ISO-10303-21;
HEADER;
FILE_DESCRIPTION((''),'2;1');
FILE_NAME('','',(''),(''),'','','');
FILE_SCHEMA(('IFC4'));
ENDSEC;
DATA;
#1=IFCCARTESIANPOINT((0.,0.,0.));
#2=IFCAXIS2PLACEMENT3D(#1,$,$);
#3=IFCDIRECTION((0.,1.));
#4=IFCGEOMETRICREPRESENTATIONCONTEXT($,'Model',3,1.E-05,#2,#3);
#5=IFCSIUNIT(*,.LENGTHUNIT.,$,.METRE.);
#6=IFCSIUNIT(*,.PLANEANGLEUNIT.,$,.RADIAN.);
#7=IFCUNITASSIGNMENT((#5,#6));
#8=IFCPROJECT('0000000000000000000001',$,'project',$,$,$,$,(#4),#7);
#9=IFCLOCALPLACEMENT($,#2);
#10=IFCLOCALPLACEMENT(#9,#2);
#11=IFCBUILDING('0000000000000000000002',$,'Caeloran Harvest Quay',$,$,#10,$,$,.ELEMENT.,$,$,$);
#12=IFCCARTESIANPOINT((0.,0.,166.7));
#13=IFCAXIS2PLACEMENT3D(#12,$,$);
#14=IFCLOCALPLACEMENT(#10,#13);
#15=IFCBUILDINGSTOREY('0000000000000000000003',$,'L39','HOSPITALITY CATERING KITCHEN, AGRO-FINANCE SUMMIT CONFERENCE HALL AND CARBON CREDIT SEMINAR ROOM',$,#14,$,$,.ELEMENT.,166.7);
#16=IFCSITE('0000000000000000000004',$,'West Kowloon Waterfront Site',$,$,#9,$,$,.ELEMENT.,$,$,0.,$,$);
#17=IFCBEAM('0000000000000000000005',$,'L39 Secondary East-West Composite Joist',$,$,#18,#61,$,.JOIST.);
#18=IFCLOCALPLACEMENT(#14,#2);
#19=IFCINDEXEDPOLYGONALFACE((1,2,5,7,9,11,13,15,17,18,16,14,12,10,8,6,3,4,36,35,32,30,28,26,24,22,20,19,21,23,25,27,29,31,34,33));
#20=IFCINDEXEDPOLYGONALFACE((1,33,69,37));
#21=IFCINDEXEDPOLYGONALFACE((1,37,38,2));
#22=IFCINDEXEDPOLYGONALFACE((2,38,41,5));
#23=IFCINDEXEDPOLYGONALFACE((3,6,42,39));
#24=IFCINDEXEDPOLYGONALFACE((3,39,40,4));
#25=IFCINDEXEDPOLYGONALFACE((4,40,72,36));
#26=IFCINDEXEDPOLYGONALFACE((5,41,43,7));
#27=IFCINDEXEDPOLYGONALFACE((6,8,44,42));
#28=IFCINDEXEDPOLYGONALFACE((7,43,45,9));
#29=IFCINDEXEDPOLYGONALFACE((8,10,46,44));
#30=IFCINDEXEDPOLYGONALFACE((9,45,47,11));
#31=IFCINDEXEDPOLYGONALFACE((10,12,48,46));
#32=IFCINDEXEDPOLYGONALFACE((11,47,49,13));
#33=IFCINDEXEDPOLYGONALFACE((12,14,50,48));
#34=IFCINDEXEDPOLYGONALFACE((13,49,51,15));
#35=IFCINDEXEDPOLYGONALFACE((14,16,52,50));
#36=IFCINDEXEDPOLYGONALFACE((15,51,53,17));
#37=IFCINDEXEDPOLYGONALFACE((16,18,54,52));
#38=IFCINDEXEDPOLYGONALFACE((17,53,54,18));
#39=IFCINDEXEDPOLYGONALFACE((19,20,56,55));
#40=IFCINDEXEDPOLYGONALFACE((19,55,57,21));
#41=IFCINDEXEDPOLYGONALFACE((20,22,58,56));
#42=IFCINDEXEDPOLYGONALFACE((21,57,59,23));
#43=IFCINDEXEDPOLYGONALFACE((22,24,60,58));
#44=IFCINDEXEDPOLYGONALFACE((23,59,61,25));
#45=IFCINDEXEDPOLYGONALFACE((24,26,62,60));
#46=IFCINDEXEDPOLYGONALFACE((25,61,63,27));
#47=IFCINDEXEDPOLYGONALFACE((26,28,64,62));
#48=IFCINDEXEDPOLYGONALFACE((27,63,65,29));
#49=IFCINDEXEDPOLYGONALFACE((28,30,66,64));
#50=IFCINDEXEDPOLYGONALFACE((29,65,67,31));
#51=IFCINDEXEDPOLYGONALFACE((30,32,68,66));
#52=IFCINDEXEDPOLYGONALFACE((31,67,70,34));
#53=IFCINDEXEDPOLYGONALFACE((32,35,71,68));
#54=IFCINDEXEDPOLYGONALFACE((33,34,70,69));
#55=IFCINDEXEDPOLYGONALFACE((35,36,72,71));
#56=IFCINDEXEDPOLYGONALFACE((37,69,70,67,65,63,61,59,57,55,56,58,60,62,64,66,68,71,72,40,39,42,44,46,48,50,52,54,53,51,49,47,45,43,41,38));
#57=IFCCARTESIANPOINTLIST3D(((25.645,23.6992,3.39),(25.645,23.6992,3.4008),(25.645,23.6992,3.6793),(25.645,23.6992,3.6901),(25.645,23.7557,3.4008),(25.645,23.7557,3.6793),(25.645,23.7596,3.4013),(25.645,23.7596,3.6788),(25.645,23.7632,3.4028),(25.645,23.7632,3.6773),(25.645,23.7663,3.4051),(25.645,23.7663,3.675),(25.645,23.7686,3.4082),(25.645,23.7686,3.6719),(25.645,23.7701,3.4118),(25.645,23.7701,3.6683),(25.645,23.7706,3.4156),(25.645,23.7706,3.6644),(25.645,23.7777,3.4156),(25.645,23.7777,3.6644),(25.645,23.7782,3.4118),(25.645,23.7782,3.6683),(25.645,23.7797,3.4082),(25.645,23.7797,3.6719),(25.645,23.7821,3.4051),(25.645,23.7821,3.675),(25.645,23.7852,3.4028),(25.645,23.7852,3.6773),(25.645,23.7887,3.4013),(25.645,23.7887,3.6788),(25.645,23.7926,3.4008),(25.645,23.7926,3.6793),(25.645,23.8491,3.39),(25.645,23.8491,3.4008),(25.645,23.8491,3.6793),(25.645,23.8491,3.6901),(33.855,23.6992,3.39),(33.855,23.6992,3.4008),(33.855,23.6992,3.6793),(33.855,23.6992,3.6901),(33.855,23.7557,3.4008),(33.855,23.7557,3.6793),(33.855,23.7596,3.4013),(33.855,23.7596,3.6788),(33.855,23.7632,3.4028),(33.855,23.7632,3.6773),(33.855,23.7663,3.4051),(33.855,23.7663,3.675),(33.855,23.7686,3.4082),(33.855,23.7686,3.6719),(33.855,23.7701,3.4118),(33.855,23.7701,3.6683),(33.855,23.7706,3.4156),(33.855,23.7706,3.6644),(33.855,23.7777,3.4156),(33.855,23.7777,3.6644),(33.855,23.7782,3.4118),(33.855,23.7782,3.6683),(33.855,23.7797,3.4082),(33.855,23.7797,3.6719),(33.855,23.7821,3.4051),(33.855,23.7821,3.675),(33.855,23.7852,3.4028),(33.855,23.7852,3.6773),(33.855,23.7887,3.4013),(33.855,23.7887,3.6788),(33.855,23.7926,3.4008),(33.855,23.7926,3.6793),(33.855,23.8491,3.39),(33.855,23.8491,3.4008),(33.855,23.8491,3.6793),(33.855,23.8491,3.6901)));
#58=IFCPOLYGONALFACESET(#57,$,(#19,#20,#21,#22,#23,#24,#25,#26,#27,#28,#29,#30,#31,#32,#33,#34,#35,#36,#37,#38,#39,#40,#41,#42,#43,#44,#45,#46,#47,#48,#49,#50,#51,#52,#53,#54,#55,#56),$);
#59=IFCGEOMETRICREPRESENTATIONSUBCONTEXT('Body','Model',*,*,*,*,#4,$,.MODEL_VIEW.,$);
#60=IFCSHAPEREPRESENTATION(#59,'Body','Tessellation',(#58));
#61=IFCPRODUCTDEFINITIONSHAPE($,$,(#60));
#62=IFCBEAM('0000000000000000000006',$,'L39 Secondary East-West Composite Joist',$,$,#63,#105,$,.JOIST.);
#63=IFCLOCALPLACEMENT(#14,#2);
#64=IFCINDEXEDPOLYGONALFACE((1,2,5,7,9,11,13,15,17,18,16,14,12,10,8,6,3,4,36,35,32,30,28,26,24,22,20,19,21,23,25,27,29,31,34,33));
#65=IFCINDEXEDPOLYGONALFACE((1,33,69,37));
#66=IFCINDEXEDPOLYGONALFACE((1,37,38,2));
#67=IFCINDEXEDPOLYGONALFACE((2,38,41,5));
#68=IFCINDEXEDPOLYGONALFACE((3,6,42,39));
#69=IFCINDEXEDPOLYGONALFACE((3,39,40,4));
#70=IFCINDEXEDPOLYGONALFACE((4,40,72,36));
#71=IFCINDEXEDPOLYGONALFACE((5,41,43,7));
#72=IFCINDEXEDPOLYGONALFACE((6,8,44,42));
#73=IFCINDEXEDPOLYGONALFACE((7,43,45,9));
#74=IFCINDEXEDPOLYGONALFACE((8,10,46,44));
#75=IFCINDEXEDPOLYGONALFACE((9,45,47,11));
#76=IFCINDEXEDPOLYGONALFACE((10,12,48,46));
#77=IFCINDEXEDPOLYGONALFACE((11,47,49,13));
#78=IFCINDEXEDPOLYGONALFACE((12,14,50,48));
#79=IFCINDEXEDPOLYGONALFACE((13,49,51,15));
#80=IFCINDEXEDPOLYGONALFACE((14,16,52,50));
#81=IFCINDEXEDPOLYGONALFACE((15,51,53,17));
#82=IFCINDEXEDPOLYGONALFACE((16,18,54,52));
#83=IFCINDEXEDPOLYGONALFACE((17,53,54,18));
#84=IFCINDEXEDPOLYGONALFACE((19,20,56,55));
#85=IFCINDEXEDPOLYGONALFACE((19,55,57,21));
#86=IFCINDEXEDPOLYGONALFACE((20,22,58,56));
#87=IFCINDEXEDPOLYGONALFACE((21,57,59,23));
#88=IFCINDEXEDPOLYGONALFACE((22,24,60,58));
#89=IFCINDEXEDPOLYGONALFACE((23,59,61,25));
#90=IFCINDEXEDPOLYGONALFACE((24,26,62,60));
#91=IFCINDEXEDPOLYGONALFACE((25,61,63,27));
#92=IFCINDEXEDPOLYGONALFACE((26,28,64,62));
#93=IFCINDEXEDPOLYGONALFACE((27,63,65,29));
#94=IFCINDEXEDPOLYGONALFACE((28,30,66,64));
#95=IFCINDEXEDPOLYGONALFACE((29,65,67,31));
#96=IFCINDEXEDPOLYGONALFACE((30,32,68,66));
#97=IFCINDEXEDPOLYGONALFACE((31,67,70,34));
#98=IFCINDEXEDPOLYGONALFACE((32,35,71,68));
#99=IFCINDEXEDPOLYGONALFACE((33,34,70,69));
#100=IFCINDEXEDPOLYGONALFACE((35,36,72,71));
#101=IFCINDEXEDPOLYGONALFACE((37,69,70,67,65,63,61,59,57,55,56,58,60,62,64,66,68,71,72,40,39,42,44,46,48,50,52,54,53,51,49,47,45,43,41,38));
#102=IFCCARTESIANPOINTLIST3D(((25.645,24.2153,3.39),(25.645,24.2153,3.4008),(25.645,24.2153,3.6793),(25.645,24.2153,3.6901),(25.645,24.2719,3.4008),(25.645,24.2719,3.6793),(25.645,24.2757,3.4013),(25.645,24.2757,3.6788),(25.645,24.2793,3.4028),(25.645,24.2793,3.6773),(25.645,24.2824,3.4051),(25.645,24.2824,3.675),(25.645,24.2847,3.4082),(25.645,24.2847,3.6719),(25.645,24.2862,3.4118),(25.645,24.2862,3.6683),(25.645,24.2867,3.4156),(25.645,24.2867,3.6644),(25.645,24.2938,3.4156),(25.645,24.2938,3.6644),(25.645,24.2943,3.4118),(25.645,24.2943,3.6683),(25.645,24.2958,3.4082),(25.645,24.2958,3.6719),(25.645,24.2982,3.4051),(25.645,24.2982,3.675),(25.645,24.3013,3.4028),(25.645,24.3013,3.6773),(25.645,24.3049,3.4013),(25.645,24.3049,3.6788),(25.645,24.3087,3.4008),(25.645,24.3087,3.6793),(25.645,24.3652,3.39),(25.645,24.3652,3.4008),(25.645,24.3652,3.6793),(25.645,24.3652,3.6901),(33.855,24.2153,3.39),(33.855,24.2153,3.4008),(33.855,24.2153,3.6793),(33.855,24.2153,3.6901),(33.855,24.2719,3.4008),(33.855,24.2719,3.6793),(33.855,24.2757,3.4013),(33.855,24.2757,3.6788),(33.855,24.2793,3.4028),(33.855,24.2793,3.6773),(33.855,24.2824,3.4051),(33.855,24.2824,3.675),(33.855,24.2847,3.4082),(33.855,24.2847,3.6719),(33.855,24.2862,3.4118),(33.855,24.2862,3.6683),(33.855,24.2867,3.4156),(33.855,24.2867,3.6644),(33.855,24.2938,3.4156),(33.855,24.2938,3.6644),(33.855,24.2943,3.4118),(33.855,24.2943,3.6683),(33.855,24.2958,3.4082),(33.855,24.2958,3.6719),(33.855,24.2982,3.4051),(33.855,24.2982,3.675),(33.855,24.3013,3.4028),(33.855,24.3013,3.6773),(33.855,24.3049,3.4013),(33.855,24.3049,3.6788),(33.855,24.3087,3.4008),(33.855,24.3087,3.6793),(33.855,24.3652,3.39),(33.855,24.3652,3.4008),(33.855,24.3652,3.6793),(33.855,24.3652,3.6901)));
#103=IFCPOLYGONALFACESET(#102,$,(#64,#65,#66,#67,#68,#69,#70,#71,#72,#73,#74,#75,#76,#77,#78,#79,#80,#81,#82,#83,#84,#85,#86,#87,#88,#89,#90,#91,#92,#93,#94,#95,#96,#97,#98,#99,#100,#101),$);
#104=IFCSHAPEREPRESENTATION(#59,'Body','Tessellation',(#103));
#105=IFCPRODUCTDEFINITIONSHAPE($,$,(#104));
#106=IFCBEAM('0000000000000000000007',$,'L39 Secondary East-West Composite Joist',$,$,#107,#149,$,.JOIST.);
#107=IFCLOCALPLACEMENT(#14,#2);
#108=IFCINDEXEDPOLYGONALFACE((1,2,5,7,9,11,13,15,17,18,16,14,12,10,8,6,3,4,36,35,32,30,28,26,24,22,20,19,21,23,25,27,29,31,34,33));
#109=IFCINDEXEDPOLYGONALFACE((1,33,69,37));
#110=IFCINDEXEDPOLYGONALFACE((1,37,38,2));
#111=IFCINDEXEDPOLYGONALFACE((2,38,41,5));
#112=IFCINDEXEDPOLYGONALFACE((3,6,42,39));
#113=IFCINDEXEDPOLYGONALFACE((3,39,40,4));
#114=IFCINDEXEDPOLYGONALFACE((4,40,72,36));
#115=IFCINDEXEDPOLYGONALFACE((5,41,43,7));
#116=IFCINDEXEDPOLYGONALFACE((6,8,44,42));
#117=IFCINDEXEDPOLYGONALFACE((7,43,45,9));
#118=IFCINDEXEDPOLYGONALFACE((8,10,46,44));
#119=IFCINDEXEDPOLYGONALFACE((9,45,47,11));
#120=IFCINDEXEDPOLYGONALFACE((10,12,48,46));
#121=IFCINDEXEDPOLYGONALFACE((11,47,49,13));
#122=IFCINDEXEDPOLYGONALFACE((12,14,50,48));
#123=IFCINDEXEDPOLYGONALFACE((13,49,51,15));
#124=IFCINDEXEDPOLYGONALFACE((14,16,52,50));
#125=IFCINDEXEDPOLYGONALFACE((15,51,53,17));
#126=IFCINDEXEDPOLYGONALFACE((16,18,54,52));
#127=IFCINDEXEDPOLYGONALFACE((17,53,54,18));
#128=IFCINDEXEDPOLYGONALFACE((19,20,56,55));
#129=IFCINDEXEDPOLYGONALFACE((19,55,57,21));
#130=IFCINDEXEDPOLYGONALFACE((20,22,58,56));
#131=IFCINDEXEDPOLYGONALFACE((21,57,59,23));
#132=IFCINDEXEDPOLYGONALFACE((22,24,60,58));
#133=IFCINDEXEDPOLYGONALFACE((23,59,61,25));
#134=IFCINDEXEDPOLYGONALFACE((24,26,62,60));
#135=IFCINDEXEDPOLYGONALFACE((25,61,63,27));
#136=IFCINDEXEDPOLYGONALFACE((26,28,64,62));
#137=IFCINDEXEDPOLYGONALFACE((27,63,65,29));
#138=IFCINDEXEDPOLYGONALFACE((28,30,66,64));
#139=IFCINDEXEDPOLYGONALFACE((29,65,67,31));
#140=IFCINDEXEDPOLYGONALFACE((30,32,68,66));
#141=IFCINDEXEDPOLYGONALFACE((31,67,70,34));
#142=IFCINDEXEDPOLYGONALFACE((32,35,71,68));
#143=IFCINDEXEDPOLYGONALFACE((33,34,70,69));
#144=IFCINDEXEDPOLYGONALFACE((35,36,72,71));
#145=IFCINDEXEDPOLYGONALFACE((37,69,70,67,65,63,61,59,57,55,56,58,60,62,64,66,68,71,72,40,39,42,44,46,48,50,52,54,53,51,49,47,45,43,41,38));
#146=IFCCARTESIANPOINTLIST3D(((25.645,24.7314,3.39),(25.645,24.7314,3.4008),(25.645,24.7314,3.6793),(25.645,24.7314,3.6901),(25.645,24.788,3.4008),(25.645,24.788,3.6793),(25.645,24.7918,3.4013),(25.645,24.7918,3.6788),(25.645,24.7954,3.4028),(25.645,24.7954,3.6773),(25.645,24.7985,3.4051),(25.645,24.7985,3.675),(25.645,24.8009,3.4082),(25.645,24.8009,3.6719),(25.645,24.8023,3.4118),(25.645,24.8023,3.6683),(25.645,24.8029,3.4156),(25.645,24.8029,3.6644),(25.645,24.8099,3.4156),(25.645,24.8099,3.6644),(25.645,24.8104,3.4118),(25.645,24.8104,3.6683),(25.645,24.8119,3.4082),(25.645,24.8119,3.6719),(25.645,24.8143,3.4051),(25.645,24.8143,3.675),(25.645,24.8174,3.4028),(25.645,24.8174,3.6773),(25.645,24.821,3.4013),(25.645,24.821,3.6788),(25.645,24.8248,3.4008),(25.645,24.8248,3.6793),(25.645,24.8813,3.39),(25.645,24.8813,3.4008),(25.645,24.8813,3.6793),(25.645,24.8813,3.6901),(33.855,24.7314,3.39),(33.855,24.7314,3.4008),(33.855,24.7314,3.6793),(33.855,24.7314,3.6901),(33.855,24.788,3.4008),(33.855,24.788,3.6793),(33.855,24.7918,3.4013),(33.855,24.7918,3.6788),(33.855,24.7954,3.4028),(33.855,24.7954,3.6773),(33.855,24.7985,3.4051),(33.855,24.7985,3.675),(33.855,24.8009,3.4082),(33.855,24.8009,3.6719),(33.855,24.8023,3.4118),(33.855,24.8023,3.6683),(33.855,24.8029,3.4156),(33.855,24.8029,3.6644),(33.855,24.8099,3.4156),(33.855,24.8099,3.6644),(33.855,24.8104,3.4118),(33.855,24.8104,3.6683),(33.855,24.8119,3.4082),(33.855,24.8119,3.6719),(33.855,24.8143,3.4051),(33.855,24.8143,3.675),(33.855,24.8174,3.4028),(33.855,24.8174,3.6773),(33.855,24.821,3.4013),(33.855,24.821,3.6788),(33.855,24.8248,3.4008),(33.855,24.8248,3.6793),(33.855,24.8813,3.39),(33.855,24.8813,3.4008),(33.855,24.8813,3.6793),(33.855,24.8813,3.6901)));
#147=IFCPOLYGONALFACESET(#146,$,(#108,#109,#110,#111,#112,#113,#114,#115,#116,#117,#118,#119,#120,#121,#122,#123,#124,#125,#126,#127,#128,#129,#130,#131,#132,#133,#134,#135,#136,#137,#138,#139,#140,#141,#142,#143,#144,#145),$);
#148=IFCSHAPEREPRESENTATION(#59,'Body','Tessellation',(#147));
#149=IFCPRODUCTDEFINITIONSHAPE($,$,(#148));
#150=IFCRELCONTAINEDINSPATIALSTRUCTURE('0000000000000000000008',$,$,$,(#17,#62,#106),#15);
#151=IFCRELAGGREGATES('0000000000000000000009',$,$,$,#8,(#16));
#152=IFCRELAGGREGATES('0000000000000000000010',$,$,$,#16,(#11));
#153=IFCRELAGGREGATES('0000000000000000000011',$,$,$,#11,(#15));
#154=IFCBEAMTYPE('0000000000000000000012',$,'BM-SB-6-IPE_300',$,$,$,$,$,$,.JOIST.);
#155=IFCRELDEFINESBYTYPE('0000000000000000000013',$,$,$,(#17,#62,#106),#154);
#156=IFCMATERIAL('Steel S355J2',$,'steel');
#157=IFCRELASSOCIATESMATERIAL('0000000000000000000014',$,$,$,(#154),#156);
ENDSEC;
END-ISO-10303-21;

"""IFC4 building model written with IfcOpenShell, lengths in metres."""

from ifc_helpers import new_model, si_unit, direction, frame, origin, origin_2d, place, context, subcontext, project, spatial, i_section, extrude, material, material_profile, profile_set, type_object, element, save


model = new_model("IFC4")

# Units and contexts
model_context = context("Model", 3, precision=1e-05, world=origin(), true_north=direction((0.0, 1.0)))
body_context = subcontext(model_context, "Body", "Model", "MODEL_VIEW")
ifc_project = project(units=[si_unit("LENGTHUNIT", "METRE"), si_unit("PLANEANGLEUNIT", "RADIAN")], contexts=[model_context])

# Site, building, storey
site_placement = place(None, origin())
site = spatial("IfcSite", under=ifc_project, at=site_placement, Name="West Kowloon Waterfront Site", CompositionType="ELEMENT", RefElevation=0.0)
building_placement = place(site_placement, origin())
building = spatial("IfcBuilding", under=site, at=building_placement, Name="Caeloran Harvest Quay", CompositionType="ELEMENT")
storey_placement = place(building_placement, frame((0.0, 0.0, 166.7)))
storey = spatial("IfcBuildingStorey", under=building, at=storey_placement, Name="L39", Description="HOSPITALITY CATERING KITCHEN, AGRO-FINANCE SUMMIT CONFERENCE HALL AND CARBON CREDIT SEMINAR ROOM", CompositionType="ELEMENT", Elevation=166.7)

# Beams
ifc_material_1 = material(Name="Steel S355J2", Category="steel")
ifc_material_profile_1 = material_profile(ifc_material_1, i_section(OverallWidth=0.1499, OverallDepth=0.3, WebThickness=0.0071, FlangeThickness=0.0107, FilletRadius=0.0149, at=origin_2d()), Name="IPE 300")
ifc_profile_set_1 = profile_set([ifc_material_profile_1], Name="Steel S355J2")
beam_type_1 = type_object("IfcBeamType", Name="BM-SB-6-IPE_300", PredefinedType="JOIST", material=ifc_profile_set_1)
for number, where, z_axis, x_axis, name in (
    (1, (25.645, 23.7742, 3.54), (1.0, 0.0, 0.0), (0.0, 1.0, 0.0), "L39 Secondary East-West Composite Joist"),
    (2, (25.645, 24.2903, 3.54), (1.0, 0.0, 0.0), (0.0, 1.0, 0.0), "L39 Secondary East-West Composite Joist"),
    (3, (25.645, 24.8064, 3.54), (1.0, 0.0, 0.0), (0.0, 1.0, 0.0), "L39 Secondary East-West Composite Joist"),
):
    element("IfcBeam", number, at=place(storey_placement, frame(where, z_axis=z_axis, x_axis=x_axis)), inside=storey, type_object=beam_type_1, Name=name, PredefinedType="JOIST", context=body_context, shape_type="SweptSolid", body=[
        extrude(i_section(OverallWidth=0.1499, OverallDepth=0.3, WebThickness=0.0071, FlangeThickness=0.0107, FilletRadius=0.0149, at=origin_2d()), origin(), (0.0, 0.0, 1.0), 8.21),
    ])

save(model, "model.ifc")
